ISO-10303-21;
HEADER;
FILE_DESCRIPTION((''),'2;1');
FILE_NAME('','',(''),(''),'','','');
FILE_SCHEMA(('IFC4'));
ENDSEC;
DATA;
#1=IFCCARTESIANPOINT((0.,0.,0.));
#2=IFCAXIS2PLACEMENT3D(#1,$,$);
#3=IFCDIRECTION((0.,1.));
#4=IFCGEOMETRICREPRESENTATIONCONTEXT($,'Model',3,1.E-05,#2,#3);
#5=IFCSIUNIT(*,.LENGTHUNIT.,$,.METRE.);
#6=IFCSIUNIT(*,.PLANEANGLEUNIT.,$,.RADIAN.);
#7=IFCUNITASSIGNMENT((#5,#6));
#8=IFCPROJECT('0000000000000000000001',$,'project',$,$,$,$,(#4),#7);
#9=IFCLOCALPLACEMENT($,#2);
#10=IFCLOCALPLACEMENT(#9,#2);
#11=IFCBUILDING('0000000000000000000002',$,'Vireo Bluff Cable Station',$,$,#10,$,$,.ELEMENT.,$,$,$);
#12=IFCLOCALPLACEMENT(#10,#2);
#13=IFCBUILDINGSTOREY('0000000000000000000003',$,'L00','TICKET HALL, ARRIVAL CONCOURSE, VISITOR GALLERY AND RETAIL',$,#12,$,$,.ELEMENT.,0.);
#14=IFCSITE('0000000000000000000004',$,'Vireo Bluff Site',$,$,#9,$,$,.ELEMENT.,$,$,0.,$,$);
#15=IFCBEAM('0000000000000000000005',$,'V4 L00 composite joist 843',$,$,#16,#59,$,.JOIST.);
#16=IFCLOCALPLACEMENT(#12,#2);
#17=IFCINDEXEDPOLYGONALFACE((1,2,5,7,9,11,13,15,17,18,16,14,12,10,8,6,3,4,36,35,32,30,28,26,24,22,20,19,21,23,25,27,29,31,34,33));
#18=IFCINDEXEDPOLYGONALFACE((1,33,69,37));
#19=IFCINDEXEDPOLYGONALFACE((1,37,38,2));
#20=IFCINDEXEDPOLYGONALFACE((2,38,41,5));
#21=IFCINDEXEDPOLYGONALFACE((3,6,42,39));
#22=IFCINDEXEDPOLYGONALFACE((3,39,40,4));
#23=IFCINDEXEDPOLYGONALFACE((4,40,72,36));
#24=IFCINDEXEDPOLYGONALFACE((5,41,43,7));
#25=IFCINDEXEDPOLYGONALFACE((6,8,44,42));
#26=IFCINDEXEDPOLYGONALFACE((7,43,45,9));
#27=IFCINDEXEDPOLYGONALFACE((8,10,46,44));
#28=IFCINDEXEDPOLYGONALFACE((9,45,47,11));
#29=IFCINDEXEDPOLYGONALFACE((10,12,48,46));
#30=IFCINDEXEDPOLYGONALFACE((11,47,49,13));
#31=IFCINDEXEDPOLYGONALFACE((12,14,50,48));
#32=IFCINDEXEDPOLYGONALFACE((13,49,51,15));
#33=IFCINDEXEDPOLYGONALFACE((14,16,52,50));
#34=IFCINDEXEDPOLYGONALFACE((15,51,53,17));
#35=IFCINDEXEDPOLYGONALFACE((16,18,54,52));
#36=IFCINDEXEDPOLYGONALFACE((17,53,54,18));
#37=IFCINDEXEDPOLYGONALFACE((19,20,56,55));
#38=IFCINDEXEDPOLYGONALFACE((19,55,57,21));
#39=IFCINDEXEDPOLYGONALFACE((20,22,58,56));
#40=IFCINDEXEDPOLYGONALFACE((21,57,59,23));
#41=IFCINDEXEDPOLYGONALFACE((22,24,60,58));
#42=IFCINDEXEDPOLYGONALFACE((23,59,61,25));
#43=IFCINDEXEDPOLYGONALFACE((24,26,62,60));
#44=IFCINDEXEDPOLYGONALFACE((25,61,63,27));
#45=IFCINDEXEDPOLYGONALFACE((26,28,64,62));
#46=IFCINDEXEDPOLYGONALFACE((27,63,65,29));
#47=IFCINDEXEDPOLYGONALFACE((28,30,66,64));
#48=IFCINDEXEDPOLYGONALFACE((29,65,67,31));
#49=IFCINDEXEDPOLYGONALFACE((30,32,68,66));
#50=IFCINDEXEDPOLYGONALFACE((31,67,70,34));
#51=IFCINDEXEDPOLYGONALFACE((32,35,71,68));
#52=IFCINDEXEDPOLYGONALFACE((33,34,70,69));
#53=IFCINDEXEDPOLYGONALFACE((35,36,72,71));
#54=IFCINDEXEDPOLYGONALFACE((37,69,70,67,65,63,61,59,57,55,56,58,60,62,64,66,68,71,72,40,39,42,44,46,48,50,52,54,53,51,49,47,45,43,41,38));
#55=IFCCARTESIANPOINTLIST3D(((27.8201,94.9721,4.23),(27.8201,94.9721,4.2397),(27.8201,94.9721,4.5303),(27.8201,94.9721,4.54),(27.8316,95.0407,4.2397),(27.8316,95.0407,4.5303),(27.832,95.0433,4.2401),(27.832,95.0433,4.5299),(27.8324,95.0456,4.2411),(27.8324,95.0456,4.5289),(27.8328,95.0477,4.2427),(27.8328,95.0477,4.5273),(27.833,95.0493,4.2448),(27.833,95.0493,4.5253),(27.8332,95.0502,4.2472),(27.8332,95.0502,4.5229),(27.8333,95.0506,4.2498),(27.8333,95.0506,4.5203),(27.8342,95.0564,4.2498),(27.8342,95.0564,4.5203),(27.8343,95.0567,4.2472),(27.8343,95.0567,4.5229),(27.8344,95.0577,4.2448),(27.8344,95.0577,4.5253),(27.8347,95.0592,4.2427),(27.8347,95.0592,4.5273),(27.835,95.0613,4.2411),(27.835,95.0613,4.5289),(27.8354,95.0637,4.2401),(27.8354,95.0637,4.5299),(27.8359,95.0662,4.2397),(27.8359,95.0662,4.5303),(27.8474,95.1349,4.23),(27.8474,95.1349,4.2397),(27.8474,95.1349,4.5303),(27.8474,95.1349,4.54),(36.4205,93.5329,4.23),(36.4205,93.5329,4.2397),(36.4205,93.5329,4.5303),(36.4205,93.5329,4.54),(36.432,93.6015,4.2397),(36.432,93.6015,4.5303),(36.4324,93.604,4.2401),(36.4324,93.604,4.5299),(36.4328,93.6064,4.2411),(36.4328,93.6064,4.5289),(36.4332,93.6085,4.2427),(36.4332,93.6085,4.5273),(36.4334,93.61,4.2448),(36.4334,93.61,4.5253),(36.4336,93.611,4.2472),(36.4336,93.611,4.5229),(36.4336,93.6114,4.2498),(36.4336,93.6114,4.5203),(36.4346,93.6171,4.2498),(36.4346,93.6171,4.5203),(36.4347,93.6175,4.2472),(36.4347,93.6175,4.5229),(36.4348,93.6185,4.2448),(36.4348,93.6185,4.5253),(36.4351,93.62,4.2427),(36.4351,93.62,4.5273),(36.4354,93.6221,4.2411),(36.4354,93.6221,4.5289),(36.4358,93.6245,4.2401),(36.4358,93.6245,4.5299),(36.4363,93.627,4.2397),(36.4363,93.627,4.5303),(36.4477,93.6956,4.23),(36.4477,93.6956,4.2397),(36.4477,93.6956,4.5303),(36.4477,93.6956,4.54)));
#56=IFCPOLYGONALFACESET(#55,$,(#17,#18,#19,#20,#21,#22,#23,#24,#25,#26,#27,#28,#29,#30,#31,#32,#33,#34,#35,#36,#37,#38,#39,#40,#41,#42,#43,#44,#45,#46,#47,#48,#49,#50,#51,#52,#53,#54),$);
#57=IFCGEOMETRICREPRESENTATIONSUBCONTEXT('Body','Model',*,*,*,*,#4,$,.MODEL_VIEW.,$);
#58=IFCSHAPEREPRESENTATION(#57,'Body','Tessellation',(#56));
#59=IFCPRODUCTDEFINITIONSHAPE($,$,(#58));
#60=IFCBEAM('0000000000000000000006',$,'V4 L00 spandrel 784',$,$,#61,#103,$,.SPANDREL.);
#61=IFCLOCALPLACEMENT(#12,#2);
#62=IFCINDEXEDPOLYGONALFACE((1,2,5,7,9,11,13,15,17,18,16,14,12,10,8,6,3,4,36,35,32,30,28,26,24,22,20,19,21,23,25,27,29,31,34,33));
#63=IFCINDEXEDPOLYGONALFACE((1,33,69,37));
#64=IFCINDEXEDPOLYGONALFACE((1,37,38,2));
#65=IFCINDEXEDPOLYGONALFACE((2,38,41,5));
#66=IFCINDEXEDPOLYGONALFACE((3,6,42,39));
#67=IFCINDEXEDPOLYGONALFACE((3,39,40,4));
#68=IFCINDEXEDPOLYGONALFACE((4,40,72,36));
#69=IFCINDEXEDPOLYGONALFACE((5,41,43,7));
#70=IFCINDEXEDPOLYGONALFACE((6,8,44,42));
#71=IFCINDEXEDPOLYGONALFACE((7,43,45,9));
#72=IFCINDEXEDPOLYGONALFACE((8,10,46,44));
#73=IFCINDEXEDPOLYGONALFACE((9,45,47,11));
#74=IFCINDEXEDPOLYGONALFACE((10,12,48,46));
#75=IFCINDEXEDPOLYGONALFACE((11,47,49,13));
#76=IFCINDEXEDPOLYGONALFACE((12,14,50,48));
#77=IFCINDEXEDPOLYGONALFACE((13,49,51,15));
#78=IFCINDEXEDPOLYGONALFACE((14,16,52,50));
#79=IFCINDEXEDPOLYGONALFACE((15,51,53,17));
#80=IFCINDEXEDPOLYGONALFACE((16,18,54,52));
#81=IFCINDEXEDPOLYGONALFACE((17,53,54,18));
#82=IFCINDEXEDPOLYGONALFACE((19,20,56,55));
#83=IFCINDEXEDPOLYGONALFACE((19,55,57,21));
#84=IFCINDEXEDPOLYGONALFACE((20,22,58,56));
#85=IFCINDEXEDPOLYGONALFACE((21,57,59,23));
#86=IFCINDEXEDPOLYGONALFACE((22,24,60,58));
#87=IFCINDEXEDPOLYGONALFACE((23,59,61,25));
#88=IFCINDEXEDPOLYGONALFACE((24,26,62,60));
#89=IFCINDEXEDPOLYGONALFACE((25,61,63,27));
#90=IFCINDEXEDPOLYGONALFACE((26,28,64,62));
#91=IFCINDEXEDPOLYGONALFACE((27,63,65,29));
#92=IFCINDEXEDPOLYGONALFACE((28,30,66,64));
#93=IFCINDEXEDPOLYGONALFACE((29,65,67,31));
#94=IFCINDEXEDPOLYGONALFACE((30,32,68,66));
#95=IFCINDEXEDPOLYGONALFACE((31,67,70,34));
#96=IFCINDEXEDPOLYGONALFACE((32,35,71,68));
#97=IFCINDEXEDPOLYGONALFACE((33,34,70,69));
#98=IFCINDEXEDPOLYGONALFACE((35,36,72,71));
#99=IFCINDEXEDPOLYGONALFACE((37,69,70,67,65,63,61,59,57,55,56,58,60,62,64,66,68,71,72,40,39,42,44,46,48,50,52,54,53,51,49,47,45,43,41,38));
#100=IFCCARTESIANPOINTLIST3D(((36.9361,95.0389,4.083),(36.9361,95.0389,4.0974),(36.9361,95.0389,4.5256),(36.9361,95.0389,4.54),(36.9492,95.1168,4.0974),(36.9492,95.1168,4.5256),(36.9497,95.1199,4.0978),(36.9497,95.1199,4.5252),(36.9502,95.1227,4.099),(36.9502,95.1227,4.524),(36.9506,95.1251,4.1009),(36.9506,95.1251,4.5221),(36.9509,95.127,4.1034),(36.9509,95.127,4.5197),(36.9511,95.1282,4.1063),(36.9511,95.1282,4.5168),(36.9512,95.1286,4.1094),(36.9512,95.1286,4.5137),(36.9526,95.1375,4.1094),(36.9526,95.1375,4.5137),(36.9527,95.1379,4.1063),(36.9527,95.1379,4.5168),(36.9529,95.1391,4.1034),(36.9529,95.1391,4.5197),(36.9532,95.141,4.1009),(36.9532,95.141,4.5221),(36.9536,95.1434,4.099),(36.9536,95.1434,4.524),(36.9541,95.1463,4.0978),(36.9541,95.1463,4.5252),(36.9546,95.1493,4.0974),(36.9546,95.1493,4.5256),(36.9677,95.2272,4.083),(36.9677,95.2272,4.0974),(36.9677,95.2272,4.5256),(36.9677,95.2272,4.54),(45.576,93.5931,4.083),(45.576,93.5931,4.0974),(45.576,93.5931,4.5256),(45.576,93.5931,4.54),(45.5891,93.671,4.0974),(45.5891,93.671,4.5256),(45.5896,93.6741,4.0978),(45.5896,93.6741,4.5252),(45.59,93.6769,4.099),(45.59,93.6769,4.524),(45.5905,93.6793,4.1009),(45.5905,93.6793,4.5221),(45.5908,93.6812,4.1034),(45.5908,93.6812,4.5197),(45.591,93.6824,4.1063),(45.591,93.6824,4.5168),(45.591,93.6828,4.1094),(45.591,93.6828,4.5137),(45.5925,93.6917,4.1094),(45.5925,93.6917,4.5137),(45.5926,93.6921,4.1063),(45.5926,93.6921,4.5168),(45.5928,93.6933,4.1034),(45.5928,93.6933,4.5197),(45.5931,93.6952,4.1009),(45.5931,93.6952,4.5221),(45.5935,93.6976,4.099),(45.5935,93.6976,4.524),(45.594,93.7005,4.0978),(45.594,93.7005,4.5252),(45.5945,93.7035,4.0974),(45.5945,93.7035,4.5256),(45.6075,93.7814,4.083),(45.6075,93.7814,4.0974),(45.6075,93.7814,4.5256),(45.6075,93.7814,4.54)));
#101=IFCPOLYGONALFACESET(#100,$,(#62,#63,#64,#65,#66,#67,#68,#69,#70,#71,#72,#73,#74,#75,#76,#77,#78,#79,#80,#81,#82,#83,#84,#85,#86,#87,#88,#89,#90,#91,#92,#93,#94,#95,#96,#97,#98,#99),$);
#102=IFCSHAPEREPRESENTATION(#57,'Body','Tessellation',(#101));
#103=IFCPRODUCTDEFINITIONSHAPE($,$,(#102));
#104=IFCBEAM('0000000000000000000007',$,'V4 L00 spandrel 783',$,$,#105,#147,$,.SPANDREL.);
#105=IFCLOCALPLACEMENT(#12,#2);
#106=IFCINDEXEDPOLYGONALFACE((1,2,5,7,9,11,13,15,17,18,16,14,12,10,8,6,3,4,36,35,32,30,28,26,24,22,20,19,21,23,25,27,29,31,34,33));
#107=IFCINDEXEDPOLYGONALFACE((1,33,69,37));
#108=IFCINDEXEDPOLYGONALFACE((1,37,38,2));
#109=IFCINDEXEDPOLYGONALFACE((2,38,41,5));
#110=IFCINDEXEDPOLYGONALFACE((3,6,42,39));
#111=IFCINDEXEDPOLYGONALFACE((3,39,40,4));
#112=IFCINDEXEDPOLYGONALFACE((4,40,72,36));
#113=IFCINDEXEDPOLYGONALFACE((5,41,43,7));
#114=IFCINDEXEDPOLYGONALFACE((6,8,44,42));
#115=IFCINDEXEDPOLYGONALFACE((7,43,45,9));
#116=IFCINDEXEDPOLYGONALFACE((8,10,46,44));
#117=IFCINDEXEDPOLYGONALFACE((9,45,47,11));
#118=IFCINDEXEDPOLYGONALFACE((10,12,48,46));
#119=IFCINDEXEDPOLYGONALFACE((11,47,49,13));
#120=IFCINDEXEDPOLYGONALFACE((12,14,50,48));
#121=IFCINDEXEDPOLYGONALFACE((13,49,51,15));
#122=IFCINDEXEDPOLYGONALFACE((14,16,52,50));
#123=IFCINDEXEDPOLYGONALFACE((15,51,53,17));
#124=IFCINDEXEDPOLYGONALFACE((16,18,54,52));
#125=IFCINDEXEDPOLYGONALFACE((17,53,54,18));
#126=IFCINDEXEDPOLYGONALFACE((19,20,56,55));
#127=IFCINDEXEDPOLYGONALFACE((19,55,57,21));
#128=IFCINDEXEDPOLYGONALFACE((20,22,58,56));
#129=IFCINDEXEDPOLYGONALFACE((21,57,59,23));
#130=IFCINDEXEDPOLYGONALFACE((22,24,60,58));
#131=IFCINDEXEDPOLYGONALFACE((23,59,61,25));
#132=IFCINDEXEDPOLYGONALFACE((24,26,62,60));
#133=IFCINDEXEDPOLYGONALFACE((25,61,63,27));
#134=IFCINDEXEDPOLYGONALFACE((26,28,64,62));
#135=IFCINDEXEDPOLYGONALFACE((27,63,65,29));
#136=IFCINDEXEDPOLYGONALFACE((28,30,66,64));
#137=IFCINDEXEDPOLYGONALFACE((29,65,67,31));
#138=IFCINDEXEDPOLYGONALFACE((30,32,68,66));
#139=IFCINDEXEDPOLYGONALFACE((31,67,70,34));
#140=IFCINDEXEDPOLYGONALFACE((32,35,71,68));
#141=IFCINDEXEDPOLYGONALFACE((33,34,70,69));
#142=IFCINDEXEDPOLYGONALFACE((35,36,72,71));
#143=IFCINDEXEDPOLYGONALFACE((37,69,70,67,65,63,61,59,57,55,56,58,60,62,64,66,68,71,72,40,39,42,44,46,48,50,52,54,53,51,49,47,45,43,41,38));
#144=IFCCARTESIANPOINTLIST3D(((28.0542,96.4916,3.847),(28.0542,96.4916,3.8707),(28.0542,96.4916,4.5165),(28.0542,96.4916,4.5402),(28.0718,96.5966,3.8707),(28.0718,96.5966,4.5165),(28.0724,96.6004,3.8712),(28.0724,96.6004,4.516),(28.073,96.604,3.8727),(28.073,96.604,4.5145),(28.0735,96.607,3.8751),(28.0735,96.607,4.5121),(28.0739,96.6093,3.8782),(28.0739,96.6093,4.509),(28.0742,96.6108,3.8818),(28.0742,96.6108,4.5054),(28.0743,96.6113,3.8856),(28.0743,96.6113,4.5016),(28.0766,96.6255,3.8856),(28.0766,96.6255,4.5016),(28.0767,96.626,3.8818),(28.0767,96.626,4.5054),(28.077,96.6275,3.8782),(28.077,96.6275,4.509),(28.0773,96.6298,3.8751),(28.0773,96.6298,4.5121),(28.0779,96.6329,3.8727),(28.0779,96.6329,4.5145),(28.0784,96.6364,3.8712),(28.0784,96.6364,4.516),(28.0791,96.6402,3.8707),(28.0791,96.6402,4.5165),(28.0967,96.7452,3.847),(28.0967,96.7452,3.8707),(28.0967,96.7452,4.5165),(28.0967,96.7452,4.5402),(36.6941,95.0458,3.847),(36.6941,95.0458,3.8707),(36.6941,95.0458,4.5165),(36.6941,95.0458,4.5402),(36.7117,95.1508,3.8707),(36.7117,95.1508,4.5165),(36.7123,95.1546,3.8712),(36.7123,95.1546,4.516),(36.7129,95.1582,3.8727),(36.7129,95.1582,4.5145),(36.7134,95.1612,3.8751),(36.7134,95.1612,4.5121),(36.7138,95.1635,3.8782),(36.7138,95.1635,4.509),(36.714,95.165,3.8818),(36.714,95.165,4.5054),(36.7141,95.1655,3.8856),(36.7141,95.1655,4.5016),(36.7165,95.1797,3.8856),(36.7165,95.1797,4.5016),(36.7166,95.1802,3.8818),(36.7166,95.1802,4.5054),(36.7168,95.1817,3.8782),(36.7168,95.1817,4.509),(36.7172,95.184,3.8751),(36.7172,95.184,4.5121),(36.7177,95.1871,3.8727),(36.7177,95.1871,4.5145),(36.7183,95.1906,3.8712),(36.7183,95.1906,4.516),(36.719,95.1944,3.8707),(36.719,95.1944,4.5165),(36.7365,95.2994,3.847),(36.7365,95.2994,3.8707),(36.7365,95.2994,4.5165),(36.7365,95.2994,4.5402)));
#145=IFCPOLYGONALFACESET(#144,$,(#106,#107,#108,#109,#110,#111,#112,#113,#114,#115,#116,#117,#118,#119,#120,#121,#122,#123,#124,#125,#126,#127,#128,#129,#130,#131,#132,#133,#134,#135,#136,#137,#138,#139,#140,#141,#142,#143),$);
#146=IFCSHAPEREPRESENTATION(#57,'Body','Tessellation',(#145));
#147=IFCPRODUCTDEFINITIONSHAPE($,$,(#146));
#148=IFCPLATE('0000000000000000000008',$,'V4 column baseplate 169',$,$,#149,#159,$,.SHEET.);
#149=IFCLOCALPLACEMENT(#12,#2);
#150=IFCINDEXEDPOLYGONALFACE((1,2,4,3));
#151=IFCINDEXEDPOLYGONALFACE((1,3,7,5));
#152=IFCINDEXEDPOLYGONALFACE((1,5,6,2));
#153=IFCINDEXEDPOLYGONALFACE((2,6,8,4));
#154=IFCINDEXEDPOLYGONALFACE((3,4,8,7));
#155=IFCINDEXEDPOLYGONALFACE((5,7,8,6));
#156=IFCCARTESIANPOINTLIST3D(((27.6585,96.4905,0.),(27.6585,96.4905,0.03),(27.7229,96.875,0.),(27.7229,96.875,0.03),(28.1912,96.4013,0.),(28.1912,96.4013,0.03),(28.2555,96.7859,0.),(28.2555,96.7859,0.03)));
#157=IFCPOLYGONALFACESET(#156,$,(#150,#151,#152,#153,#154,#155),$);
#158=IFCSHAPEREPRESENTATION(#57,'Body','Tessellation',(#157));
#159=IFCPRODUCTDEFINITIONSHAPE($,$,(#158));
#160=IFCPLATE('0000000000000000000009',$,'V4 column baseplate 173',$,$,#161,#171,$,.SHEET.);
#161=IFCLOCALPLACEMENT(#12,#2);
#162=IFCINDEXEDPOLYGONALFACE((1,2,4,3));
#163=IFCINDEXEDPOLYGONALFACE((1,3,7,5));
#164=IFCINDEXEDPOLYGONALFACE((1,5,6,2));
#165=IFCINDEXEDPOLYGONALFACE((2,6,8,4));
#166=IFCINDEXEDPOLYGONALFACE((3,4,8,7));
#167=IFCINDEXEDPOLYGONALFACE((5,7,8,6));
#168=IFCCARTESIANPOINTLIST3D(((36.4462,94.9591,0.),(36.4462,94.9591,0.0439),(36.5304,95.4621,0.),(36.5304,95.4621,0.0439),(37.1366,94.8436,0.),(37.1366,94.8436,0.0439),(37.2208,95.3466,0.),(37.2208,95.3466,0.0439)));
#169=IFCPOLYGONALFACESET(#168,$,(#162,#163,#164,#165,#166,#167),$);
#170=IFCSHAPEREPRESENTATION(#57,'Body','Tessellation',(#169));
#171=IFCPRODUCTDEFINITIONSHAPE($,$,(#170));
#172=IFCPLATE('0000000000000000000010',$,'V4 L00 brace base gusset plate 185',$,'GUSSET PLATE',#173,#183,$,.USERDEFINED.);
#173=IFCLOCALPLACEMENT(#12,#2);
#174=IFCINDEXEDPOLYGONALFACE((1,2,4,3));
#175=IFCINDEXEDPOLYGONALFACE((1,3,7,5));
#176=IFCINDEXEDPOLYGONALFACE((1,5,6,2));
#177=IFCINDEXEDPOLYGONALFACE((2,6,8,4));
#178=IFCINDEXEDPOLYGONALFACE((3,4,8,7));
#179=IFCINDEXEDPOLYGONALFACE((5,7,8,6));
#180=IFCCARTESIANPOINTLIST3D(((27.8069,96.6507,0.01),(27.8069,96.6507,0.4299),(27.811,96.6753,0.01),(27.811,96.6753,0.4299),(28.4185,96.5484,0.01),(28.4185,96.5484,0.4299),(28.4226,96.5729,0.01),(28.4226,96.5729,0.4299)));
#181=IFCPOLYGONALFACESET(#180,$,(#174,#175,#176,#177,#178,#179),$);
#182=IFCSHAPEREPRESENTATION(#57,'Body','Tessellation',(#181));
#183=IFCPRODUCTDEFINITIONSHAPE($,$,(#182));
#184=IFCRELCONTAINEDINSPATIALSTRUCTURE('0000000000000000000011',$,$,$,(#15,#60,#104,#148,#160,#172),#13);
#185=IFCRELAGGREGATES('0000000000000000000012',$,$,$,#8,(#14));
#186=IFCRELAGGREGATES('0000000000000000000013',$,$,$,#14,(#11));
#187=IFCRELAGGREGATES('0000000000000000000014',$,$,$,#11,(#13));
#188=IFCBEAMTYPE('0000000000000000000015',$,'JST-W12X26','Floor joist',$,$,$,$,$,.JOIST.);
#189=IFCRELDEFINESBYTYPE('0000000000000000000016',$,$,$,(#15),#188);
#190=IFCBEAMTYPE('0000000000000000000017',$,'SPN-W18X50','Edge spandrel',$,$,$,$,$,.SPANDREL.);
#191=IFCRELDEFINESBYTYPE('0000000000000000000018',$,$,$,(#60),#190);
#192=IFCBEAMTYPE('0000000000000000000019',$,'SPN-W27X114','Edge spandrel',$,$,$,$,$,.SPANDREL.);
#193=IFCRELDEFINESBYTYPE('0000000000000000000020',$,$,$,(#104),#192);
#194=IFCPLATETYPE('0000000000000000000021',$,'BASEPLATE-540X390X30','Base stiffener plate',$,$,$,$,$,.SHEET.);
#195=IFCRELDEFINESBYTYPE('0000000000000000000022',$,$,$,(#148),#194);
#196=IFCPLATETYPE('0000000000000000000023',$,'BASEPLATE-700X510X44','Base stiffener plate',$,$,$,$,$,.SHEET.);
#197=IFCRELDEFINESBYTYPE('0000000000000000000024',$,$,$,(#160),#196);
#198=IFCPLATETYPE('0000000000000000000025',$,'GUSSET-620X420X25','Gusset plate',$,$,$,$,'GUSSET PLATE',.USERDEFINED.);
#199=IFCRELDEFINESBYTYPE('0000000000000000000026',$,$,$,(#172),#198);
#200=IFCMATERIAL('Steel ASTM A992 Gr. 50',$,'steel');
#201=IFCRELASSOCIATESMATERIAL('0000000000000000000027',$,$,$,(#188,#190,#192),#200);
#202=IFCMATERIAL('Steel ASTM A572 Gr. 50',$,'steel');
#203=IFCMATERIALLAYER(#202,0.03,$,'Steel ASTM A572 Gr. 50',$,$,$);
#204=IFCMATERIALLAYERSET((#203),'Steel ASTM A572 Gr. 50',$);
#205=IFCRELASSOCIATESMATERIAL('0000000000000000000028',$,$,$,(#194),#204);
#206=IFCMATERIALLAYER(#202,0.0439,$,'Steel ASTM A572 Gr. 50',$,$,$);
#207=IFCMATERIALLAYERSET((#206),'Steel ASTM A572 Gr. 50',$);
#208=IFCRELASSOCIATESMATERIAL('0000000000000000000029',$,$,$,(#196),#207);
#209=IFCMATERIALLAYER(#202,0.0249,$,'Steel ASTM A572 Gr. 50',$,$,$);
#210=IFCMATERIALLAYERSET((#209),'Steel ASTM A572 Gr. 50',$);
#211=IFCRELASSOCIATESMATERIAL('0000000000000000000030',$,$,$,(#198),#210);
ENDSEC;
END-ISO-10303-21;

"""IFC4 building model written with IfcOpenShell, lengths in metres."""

from ifc_helpers import new_model, si_unit, direction, frame, origin, origin_2d, place, context, subcontext, project, spatial, rectangle, i_section, extrude, material, layer, layer_set, material_profile, profile_set, type_object, element, save


model = new_model("IFC4")

# Units and contexts
model_context = context("Model", 3, precision=1e-05, world=origin(), true_north=direction((0.0, 1.0)))
body_context = subcontext(model_context, "Body", "Model", "MODEL_VIEW")
ifc_project = project(units=[si_unit("LENGTHUNIT", "METRE"), si_unit("PLANEANGLEUNIT", "RADIAN")], contexts=[model_context])

# Site, building, storey
site_placement = place(None, origin())
site = spatial("IfcSite", under=ifc_project, at=site_placement, Name="Vireo Bluff Site", CompositionType="ELEMENT", RefElevation=0.0)
building_placement = place(site_placement, origin())
building = spatial("IfcBuilding", under=site, at=building_placement, Name="Vireo Bluff Cable Station", CompositionType="ELEMENT")
storey_placement = place(building_placement, origin())
storey = spatial("IfcBuildingStorey", under=building, at=storey_placement, Name="L00", Description="TICKET HALL, ARRIVAL CONCOURSE, VISITOR GALLERY AND RETAIL", CompositionType="ELEMENT", Elevation=0.0)

# Shared definitions
ifc_material_1 = material(Name="Steel ASTM A992 Gr. 50", Category="steel")

# Beams
ifc_material_profile_1 = material_profile(ifc_material_1, i_section(OverallWidth=0.165, OverallDepth=0.3101, WebThickness=0.0059, FlangeThickness=0.0098, FilletRadius=0.01, at=origin_2d()), Name="W12X26")
ifc_profile_set_1 = profile_set([ifc_material_profile_1], Name="Steel ASTM A992 Gr. 50")
beam_type_1 = type_object("IfcBeamType", Name="JST-W12X26", Description="Floor joist", PredefinedType="JOIST", material=ifc_profile_set_1)
beam_1_placement = place(storey_placement, frame((27.8337, 95.0535, 4.385), z_axis=(0.986286, -0.165048, 0.0), x_axis=(0.165048, 0.986286, 0.0)))
element("IfcBeam", 1, at=beam_1_placement, inside=storey, type_object=beam_type_1, Name="V4 L00 composite joist 843", PredefinedType="JOIST", context=body_context, shape_type="SweptSolid", body=[
    extrude(i_section(OverallWidth=0.165, OverallDepth=0.3101, WebThickness=0.0059, FlangeThickness=0.0098, FilletRadius=0.01, at=origin_2d()), origin(), (0.0, 0.0, 1.0), 8.72),
])
ifc_material_profile_2 = material_profile(ifc_material_1, i_section(OverallWidth=0.1909, OverallDepth=0.457, WebThickness=0.009, FlangeThickness=0.0144, FilletRadius=0.012, at=origin_2d()), Name="W18X50")
ifc_profile_set_2 = profile_set([ifc_material_profile_2], Name="Steel ASTM A992 Gr. 50")
beam_type_2 = type_object("IfcBeamType", Name="SPN-W18X50", Description="Edge spandrel", PredefinedType="SPANDREL", material=ifc_profile_set_2)
beam_2_placement = place(storey_placement, frame((36.9519, 95.1331, 4.3115), z_axis=(0.986286, -0.165045, 0.0), x_axis=(0.165045, 0.986286, 0.0)))
element("IfcBeam", 2, at=beam_2_placement, inside=storey, type_object=beam_type_2, Name="V4 L00 spandrel 784", PredefinedType="SPANDREL", context=body_context, shape_type="SweptSolid", body=[
    extrude(i_section(OverallWidth=0.1909, OverallDepth=0.457, WebThickness=0.009, FlangeThickness=0.0144, FilletRadius=0.012, at=origin_2d()), origin(), (0.0, 0.0, 1.0), 8.76),
])
ifc_material_profile_3 = material_profile(ifc_material_1, i_section(OverallWidth=0.2571, OverallDepth=0.6931, WebThickness=0.0144, FlangeThickness=0.0237, FilletRadius=0.0149, at=origin_2d()), Name="W27X114")
ifc_profile_set_3 = profile_set([ifc_material_profile_3], Name="Steel ASTM A992 Gr. 50")
beam_type_3 = type_object("IfcBeamType", Name="SPN-W27X114", Description="Edge spandrel", PredefinedType="SPANDREL", material=ifc_profile_set_3)
beam_3_placement = place(storey_placement, frame((28.0754, 96.6184, 4.1936), z_axis=(0.986286, -0.165045, 0.0), x_axis=(0.165045, 0.986286, 0.0)))
element("IfcBeam", 3, at=beam_3_placement, inside=storey, type_object=beam_type_3, Name="V4 L00 spandrel 783", PredefinedType="SPANDREL", context=body_context, shape_type="SweptSolid", body=[
    extrude(i_section(OverallWidth=0.2571, OverallDepth=0.6931, WebThickness=0.0144, FlangeThickness=0.0237, FilletRadius=0.0149, at=origin_2d()), origin(), (0.0, 0.0, 1.0), 8.76),
])

# Plates
ifc_material_2 = material(Name="Steel ASTM A572 Gr. 50", Category="steel")
ifc_layer_1 = layer(ifc_material_2, 0.03, Name="Steel ASTM A572 Gr. 50")
ifc_layer_set_1 = layer_set([ifc_layer_1], Name="Steel ASTM A572 Gr. 50")
plate_type_1 = type_object("IfcPlateType", Name="BASEPLATE-540X390X30", Description="Base stiffener plate", PredefinedType="SHEET", material=ifc_layer_set_1)
plate_1_placement = place(storey_placement, frame((27.957, 96.6382, 0.0), z_axis=(0.0, 0.0, 1.0), x_axis=(0.986286, -0.165048, 0.0)))
element("IfcPlate", 4, at=plate_1_placement, inside=storey, type_object=plate_type_1, Name="V4 column baseplate 169", PredefinedType="SHEET", context=body_context, shape_type="SweptSolid", body=[
    extrude(rectangle(XDim=0.54, YDim=0.3899, at=origin_2d()), origin(), (0.0, 0.0, 1.0), 0.03),
])
ifc_layer_2 = layer(ifc_material_2, 0.0439, Name="Steel ASTM A572 Gr. 50")
ifc_layer_set_2 = layer_set([ifc_layer_2], Name="Steel ASTM A572 Gr. 50")
plate_type_2 = type_object("IfcPlateType", Name="BASEPLATE-700X510X44", Description="Base stiffener plate", PredefinedType="SHEET", material=ifc_layer_set_2)
plate_2_placement = place(storey_placement, frame((36.8335, 95.1528, 0.0), z_axis=(0.0, 0.0, 1.0), x_axis=(0.986286, -0.165048, 0.0)))
element("IfcPlate", 5, at=plate_2_placement, inside=storey, type_object=plate_type_2, Name="V4 column baseplate 173", PredefinedType="SHEET", context=body_context, shape_type="SweptSolid", body=[
    extrude(rectangle(XDim=0.7, YDim=0.51, at=origin_2d()), origin(), (0.0, 0.0, 1.0), 0.0439),
])
ifc_layer_3 = layer(ifc_material_2, 0.0249, Name="Steel ASTM A572 Gr. 50")
ifc_layer_set_3 = layer_set([ifc_layer_3], Name="Steel ASTM A572 Gr. 50")
plate_type_3 = type_object("IfcPlateType", Name="GUSSET-620X420X25", Description="Gusset plate", ElementType="GUSSET PLATE", PredefinedType="USERDEFINED", material=ifc_layer_set_3)
plate_3_placement = place(storey_placement, frame((28.1147, 96.6118, 0.01), z_axis=(0.0, 0.0, 1.0), x_axis=(0.986286, -0.165048, 0.0)))
element("IfcPlate", 6, at=plate_3_placement, inside=storey, type_object=plate_type_3, Name="V4 L00 brace base gusset plate 185", ObjectType="GUSSET PLATE", PredefinedType="USERDEFINED", context=body_context, shape_type="SweptSolid", body=[
    extrude(rectangle(XDim=0.6201, YDim=0.0249, at=origin_2d()), origin(), (0.0, 0.0, 1.0), 0.4199),
])

save(model, "model.ifc")
